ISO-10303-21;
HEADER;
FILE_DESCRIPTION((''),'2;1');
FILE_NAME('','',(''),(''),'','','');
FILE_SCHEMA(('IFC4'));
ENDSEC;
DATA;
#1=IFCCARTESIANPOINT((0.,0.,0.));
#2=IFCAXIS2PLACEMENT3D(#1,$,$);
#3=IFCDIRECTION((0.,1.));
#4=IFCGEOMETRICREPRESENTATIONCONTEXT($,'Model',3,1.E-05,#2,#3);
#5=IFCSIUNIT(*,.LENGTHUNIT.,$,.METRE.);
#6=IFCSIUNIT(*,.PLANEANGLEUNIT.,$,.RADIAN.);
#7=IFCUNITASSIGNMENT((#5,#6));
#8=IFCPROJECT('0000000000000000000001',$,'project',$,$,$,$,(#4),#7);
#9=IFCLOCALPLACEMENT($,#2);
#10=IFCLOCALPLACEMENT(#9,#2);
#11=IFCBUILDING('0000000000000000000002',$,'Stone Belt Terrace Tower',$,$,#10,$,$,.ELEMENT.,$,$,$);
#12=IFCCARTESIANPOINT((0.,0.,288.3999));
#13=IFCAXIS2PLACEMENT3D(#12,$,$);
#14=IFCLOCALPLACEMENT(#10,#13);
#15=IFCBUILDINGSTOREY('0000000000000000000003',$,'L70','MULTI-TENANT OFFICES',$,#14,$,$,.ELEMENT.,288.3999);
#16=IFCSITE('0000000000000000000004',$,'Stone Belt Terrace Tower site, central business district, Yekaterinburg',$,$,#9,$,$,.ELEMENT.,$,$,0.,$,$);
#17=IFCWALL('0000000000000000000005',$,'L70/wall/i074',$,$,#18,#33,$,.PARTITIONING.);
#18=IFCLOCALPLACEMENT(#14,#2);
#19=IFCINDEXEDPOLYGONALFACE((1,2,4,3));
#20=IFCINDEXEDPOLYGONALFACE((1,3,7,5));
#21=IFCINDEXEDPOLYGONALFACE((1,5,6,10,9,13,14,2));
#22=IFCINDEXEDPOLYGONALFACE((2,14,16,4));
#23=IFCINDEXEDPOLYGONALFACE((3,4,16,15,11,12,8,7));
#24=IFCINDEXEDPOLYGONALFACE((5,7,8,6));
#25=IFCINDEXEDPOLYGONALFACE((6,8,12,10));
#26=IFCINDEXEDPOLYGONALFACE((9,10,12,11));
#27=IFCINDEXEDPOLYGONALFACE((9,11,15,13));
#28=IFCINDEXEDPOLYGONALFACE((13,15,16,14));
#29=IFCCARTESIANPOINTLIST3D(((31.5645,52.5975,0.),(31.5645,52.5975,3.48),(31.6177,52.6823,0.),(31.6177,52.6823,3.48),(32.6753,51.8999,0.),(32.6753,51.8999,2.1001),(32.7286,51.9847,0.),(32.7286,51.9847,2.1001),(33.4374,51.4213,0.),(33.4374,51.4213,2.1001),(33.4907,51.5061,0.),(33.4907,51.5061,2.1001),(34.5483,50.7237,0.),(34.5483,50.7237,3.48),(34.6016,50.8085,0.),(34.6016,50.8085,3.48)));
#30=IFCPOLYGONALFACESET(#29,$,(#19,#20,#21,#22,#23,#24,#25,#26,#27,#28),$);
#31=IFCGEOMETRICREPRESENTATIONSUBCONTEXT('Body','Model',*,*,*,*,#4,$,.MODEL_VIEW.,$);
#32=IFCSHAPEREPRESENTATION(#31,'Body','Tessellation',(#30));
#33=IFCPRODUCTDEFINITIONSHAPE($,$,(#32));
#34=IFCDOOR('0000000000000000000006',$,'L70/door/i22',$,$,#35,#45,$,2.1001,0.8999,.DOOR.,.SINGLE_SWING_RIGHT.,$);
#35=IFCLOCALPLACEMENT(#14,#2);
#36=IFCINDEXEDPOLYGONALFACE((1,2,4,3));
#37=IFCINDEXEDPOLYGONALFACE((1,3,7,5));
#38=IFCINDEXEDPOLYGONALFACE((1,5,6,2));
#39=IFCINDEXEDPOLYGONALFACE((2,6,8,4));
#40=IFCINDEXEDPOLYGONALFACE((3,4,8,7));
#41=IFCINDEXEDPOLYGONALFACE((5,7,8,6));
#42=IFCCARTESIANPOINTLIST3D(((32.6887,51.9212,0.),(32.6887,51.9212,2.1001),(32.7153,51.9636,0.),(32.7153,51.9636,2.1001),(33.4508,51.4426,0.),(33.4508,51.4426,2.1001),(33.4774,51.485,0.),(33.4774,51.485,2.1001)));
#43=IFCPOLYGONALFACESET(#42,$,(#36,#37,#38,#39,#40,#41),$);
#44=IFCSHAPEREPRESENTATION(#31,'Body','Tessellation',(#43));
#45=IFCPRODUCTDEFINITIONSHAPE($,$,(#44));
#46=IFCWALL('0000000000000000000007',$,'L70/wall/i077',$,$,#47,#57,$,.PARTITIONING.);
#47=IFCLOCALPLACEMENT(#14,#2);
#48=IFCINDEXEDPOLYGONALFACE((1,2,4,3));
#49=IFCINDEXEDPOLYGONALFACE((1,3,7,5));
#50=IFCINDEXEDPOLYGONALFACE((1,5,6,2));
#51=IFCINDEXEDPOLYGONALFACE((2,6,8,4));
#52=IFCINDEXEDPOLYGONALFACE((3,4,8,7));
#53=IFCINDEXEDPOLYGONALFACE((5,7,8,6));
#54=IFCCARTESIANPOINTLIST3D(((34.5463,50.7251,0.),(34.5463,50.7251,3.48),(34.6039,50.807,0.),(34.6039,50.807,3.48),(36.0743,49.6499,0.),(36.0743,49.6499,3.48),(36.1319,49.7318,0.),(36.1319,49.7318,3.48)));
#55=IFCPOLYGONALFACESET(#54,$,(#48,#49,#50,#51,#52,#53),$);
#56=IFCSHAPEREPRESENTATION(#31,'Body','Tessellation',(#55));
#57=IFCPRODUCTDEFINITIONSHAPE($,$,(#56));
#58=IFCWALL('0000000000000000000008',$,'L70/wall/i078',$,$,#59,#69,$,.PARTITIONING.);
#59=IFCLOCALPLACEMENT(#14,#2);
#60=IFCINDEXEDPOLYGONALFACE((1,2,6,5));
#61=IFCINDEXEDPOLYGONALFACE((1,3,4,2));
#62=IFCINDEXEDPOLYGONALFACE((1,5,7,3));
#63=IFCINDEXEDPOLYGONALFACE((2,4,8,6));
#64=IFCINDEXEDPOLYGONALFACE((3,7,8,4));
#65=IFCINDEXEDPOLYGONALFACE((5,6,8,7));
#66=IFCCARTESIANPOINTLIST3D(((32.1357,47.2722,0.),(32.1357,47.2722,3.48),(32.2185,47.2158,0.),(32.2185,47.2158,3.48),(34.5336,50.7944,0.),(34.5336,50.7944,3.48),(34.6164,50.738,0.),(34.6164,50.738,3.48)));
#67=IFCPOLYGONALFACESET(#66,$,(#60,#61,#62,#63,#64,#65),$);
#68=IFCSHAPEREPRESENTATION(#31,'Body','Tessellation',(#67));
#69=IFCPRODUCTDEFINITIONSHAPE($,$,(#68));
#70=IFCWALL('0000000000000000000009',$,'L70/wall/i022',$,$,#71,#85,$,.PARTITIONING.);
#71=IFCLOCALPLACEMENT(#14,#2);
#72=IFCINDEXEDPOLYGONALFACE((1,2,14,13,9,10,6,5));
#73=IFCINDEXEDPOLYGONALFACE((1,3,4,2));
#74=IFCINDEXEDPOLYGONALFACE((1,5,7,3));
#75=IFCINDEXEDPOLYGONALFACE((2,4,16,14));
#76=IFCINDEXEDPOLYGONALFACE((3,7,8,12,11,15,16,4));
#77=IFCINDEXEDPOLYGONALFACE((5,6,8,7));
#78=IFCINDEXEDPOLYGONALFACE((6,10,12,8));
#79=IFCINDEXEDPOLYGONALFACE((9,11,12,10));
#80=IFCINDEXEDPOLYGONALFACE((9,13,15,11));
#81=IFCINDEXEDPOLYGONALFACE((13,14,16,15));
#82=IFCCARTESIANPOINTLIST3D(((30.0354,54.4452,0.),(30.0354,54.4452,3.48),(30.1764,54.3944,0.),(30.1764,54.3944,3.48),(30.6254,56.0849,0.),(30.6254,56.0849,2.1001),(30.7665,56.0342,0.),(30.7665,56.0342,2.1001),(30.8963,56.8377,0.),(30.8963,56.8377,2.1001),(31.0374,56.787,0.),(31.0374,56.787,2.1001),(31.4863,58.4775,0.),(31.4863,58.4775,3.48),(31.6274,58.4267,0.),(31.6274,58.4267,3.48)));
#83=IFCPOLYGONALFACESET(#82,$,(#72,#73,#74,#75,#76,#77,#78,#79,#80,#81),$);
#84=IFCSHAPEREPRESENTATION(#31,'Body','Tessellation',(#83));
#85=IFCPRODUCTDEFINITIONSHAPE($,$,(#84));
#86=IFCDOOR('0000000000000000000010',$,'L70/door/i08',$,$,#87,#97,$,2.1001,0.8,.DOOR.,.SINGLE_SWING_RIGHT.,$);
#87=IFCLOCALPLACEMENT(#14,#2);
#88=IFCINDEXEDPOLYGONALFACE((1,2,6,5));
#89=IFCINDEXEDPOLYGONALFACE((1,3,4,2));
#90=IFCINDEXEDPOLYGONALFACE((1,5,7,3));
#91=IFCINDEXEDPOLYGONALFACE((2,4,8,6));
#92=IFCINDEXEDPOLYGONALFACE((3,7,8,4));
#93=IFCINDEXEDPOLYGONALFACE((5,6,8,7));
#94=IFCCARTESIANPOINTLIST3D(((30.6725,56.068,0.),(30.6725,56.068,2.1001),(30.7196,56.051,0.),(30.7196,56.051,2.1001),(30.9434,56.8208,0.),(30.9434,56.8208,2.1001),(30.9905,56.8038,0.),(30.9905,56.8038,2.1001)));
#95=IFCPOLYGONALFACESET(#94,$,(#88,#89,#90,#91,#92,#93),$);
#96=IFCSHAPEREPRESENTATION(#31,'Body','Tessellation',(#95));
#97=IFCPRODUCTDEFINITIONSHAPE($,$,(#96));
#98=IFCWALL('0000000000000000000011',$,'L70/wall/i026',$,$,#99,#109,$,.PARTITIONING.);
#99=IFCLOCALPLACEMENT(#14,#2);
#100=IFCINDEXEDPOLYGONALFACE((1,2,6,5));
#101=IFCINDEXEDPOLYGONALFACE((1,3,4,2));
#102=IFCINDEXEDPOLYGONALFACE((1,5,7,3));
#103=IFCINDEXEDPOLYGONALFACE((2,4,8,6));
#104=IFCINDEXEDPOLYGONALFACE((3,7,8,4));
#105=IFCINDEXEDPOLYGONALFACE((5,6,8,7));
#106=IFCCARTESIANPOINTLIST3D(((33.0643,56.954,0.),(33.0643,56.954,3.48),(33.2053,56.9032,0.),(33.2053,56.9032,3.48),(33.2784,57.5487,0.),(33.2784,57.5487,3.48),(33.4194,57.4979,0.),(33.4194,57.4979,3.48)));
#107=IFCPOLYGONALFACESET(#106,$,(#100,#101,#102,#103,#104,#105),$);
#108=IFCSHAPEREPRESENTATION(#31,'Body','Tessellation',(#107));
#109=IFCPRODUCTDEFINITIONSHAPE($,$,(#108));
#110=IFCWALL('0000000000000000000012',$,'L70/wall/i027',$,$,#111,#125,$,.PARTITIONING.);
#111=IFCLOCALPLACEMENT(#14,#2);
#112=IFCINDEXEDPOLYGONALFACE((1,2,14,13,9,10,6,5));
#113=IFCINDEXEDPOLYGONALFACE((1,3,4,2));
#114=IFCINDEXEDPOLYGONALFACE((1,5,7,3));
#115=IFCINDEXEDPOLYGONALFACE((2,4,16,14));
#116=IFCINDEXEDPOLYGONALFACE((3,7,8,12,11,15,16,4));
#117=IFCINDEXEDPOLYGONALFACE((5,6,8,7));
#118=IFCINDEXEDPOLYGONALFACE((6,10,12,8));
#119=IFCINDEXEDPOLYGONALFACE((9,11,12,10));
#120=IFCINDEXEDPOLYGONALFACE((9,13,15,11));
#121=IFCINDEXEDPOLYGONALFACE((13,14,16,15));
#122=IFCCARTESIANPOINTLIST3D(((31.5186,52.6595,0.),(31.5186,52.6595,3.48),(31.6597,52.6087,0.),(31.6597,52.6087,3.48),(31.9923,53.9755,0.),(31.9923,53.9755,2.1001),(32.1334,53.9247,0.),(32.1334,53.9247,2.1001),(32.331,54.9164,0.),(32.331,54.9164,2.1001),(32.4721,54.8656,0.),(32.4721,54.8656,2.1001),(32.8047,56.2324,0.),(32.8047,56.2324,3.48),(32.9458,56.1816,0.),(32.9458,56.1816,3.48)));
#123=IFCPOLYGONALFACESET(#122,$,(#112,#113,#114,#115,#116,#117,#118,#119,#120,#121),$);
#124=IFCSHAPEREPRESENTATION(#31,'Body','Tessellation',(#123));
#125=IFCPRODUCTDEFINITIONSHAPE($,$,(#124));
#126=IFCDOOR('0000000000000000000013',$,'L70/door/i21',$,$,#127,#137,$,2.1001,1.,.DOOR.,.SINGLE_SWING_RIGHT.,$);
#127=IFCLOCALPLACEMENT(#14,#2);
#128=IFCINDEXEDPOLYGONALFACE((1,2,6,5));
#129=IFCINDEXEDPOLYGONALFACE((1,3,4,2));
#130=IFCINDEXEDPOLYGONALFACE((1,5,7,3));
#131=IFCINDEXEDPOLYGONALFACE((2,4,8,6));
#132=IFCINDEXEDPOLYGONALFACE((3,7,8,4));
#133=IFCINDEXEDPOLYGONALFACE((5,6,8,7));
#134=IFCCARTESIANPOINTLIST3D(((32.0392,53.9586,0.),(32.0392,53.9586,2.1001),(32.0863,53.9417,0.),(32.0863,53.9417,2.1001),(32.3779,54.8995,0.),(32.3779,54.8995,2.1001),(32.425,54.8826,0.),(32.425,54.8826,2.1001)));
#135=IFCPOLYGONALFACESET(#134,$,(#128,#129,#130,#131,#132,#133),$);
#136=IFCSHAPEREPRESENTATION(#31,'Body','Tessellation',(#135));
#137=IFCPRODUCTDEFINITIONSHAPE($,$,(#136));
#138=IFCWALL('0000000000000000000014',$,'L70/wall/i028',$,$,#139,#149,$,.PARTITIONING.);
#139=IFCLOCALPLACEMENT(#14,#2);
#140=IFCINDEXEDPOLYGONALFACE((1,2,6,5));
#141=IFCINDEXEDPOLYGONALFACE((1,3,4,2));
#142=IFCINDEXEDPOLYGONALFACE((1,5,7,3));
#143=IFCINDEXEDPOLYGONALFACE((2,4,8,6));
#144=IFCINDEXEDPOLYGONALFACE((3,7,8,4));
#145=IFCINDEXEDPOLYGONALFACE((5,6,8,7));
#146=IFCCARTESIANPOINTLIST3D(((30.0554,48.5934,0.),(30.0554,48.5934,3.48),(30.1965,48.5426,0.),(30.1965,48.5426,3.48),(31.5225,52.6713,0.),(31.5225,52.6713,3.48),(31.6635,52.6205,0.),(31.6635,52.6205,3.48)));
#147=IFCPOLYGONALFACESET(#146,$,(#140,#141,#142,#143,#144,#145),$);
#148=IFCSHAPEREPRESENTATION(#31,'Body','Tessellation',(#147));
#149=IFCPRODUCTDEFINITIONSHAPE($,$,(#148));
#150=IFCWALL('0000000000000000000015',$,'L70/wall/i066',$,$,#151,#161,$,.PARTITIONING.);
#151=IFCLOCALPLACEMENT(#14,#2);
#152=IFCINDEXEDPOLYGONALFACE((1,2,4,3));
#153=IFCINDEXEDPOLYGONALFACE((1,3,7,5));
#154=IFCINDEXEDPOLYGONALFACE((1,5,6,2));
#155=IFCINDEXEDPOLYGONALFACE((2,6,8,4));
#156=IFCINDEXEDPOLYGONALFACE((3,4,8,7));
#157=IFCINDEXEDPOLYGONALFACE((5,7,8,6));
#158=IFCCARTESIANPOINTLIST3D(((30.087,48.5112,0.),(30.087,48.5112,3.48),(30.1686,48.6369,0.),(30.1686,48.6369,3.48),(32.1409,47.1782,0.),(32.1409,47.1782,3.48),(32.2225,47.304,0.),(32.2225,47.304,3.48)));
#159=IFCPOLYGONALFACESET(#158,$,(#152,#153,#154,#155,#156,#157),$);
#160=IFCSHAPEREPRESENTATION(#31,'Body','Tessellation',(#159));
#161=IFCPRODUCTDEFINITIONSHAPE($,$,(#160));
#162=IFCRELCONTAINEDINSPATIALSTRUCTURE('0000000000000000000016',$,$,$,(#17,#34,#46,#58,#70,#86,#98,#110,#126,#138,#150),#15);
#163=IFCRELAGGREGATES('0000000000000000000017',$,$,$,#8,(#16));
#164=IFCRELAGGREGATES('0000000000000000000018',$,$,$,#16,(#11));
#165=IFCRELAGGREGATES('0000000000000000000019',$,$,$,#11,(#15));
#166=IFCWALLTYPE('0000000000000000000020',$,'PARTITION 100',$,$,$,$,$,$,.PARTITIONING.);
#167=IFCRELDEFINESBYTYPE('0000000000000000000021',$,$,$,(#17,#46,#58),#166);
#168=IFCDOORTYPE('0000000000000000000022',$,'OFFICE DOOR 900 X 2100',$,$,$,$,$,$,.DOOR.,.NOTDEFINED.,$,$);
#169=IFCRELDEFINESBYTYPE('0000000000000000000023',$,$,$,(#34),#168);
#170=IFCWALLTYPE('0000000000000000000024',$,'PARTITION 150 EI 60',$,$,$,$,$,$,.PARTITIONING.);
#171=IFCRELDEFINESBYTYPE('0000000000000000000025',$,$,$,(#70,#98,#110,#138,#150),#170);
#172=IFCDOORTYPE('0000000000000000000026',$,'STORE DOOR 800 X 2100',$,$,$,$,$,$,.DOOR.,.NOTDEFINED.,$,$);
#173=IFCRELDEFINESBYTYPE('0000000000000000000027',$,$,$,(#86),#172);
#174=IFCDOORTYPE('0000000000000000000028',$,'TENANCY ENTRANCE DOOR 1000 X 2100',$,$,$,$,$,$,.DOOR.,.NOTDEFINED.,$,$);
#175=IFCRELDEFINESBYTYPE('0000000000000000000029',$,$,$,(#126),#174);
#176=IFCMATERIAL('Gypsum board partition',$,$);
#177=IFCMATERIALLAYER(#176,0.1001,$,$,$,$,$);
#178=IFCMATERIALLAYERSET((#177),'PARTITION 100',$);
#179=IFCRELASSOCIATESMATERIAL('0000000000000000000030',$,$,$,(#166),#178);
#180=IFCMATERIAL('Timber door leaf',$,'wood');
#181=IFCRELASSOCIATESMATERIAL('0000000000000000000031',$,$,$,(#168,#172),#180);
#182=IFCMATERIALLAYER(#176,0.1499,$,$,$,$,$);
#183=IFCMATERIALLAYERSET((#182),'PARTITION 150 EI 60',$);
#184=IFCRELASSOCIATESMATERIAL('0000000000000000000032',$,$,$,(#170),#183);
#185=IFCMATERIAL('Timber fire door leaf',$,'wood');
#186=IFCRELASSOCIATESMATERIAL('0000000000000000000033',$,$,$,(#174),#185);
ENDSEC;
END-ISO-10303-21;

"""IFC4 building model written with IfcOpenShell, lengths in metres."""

from ifc_helpers import new_model, si_unit, direction, frame, frame_2d, origin, place, context, subcontext, project, spatial, rectangle, extrude, material, layer, layer_set, type_object, element, fill, save


model = new_model("IFC4")

# Units and contexts
model_context = context("Model", 3, precision=1e-05, world=origin(), true_north=direction((0.0, 1.0)))
body_context = subcontext(model_context, "Body", "Model", "MODEL_VIEW")
ifc_project = project(units=[si_unit("LENGTHUNIT", "METRE"), si_unit("PLANEANGLEUNIT", "RADIAN")], contexts=[model_context])

# Site, building, storey
site_placement = place(None, origin())
site = spatial("IfcSite", under=ifc_project, at=site_placement, Name="Stone Belt Terrace Tower site, central business district, Yekaterinburg", CompositionType="ELEMENT", RefElevation=0.0)
building_placement = place(site_placement, origin())
building = spatial("IfcBuilding", under=site, at=building_placement, Name="Stone Belt Terrace Tower", CompositionType="ELEMENT")
storey_placement = place(building_placement, frame((0.0, 0.0, 288.3999)))
storey = spatial("IfcBuildingStorey", under=building, at=storey_placement, Name="L70", Description="MULTI-TENANT OFFICES", CompositionType="ELEMENT", Elevation=288.3999)

# Wall, opening, door
ifc_material_1 = material(Name="Gypsum board partition")
ifc_layer_1 = layer(ifc_material_1, 0.1001)
ifc_layer_set_1 = layer_set([ifc_layer_1], Name="PARTITION 100")
wall_type_1 = type_object("IfcWallType", Name="PARTITION 100", PredefinedType="PARTITIONING", material=ifc_layer_set_1)
wall_1_placement = place(storey_placement, frame((34.575, 50.7661, 0.0), z_axis=(0.0, 0.0, 1.0), x_axis=(-0.846867, 0.531804, 0.0)))
wall_1 = element("IfcWall", 1, at=wall_1_placement, inside=storey, type_object=wall_type_1, Name="L70/wall/i074", PredefinedType="PARTITIONING", context=body_context, shape_type="SweptSolid", body=[
    extrude(rectangle(XDim=3.5234, YDim=0.1001, at=frame_2d((1.7617, 0.0))), origin(), (0.0, 0.0, 1.0), 3.48),
])
opening_1_placement = place(wall_1_placement, frame((1.3118, 0.0, 0.0)))
opening_1 = element("IfcOpeningElement", 2, at=opening_1_placement, cuts=wall_1, PredefinedType="OPENING", context=body_context, shape_type="SweptSolid", body=[
    extrude(rectangle(XDim=0.8999, YDim=2.1001, at=frame_2d((0.45, 1.05))), frame((0.0, 0.0601, 0.0), z_axis=(0.0, -1.0, 0.0), x_axis=(1.0, 0.0, 0.0)), (0.0, 0.0, 1.0), 0.1201),
])
ifc_material_2 = material(Name="Timber door leaf", Category="wood")
door_type_1 = type_object("IfcDoorType", Name="OFFICE DOOR 900 X 2100", OperationType="NOTDEFINED", PredefinedType="DOOR", material=ifc_material_2)
door_1_placement = place(opening_1_placement, origin())
door_1 = element("IfcDoor", 3, at=door_1_placement, inside=storey, type_object=door_type_1, Name="L70/door/i22", OperationType="SINGLE_SWING_RIGHT", OverallHeight=2.1001, OverallWidth=0.8999, PredefinedType="DOOR", context=body_context, shape_type="SweptSolid", body=[
    extrude(rectangle(XDim=0.8999, YDim=2.1001, at=frame_2d((0.45, 1.05))), frame((0.0, 0.0249, 0.0), z_axis=(0.0, -1.0, 0.0), x_axis=(1.0, 0.0, 0.0)), (0.0, 0.0, 1.0), 0.05),
])
fill(opening_1, door_1)

# Walls
wall_2_placement = place(storey_placement, frame((36.103, 49.6909, 0.0), z_axis=(0.0, 0.0, 1.0), x_axis=(-0.817836, 0.575451, 0.0)))
element("IfcWall", 4, at=wall_2_placement, inside=storey, type_object=wall_type_1, Name="L70/wall/i077", PredefinedType="PARTITIONING", context=body_context, shape_type="SweptSolid", body=[
    extrude(rectangle(XDim=1.8684, YDim=0.1001, at=frame_2d((0.9341, 0.0))), origin(), (0.0, 0.0, 1.0), 3.48),
])
wall_3_placement = place(storey_placement, frame((34.575, 50.7661, 0.0), z_axis=(0.0, 0.0, 1.0), x_axis=(-0.562766, -0.826616, 0.0)))
element("IfcWall", 5, at=wall_3_placement, inside=storey, type_object=wall_type_1, Name="L70/wall/i078", PredefinedType="PARTITIONING", context=body_context, shape_type="SweptSolid", body=[
    extrude(rectangle(XDim=4.261, YDim=0.1001, at=frame_2d((2.1304, 0.0))), origin(), (0.0, 0.0, 1.0), 3.48),
])

# Wall, opening, door
ifc_layer_2 = layer(ifc_material_1, 0.1499)
ifc_layer_set_2 = layer_set([ifc_layer_2], Name="PARTITION 150 EI 60")
wall_type_2 = type_object("IfcWallType", Name="PARTITION 150 EI 60", PredefinedType="PARTITIONING", material=ifc_layer_set_2)
wall_4_placement = place(storey_placement, frame((30.106, 54.4199, 0.0), z_axis=(0.0, 0.0, 1.0), x_axis=(0.33858, 0.940938, 0.0)))
wall_4 = element("IfcWall", 6, at=wall_4_placement, inside=storey, type_object=wall_type_2, Name="L70/wall/i022", PredefinedType="PARTITIONING", context=body_context, shape_type="SweptSolid", body=[
    extrude(rectangle(XDim=4.2854, YDim=0.1499, at=frame_2d((2.1426, 0.0))), origin(), (0.0, 0.0, 1.0), 3.48),
])
opening_2_placement = place(wall_4_placement, frame((1.7427, 0.0, 0.0)))
opening_2 = element("IfcOpeningElement", 7, at=opening_2_placement, cuts=wall_4, PredefinedType="OPENING", context=body_context, shape_type="SweptSolid", body=[
    extrude(rectangle(XDim=0.8, YDim=2.1001, at=frame_2d((0.3999, 1.05))), frame((0.0, 0.085, 0.0), z_axis=(0.0, -1.0, 0.0), x_axis=(1.0, 0.0, 0.0)), (0.0, 0.0, 1.0), 0.1699),
])
door_type_2 = type_object("IfcDoorType", Name="STORE DOOR 800 X 2100", OperationType="NOTDEFINED", PredefinedType="DOOR", material=ifc_material_2)
door_2_placement = place(opening_2_placement, origin())
door_2 = element("IfcDoor", 8, at=door_2_placement, inside=storey, type_object=door_type_2, Name="L70/door/i08", OperationType="SINGLE_SWING_RIGHT", OverallHeight=2.1001, OverallWidth=0.8, PredefinedType="DOOR", context=body_context, shape_type="SweptSolid", body=[
    extrude(rectangle(XDim=0.8, YDim=2.1001, at=frame_2d((0.3999, 1.05))), frame((0.0, 0.0249, 0.0), z_axis=(0.0, -1.0, 0.0), x_axis=(1.0, 0.0, 0.0)), (0.0, 0.0, 1.0), 0.05),
])
fill(opening_2, door_2)

# Wall
wall_5_placement = place(storey_placement, frame((33.3489, 57.5232, 0.0), z_axis=(0.0, 0.0, 1.0), x_axis=(-0.338733, -0.940882, 0.0)))
element("IfcWall", 9, at=wall_5_placement, inside=storey, type_object=wall_type_2, Name="L70/wall/i026", PredefinedType="PARTITIONING", context=body_context, shape_type="SweptSolid", body=[
    extrude(rectangle(XDim=0.6321, YDim=0.1499, at=frame_2d((0.3159, 0.0))), origin(), (0.0, 0.0, 1.0), 3.48),
])

# Wall, opening, door
wall_6_placement = place(storey_placement, frame((32.8752, 56.207, 0.0), z_axis=(0.0, 0.0, 1.0), x_axis=(-0.338685, -0.9409, 0.0)))
wall_6 = element("IfcWall", 10, at=wall_6_placement, inside=storey, type_object=wall_type_2, Name="L70/wall/i027", PredefinedType="PARTITIONING", context=body_context, shape_type="SweptSolid", body=[
    extrude(rectangle(XDim=3.7974, YDim=0.1499, at=frame_2d((1.8987, 0.0))), origin(), (0.0, 0.0, 1.0), 3.48),
])
opening_3_placement = place(wall_6_placement, frame((1.3987, 0.0, 0.0)))
opening_3 = element("IfcOpeningElement", 11, at=opening_3_placement, cuts=wall_6, PredefinedType="OPENING", context=body_context, shape_type="SweptSolid", body=[
    extrude(rectangle(XDim=1.0, YDim=2.1001, at=frame_2d((0.5, 1.05))), frame((0.0, 0.085, 0.0), z_axis=(0.0, -1.0, 0.0), x_axis=(1.0, 0.0, 0.0)), (0.0, 0.0, 1.0), 0.1699),
])
ifc_material_3 = material(Name="Timber fire door leaf", Category="wood")
door_type_3 = type_object("IfcDoorType", Name="TENANCY ENTRANCE DOOR 1000 X 2100", OperationType="NOTDEFINED", PredefinedType="DOOR", material=ifc_material_3)
door_3_placement = place(opening_3_placement, origin())
door_3 = element("IfcDoor", 12, at=door_3_placement, inside=storey, type_object=door_type_3, Name="L70/door/i21", OperationType="SINGLE_SWING_RIGHT", OverallHeight=2.1001, OverallWidth=1.0, PredefinedType="DOOR", context=body_context, shape_type="SweptSolid", body=[
    extrude(rectangle(XDim=1.0, YDim=2.1001, at=frame_2d((0.5, 1.05))), frame((0.0, 0.0249, 0.0), z_axis=(0.0, -1.0, 0.0), x_axis=(1.0, 0.0, 0.0)), (0.0, 0.0, 1.0), 0.05),
])
fill(opening_3, door_3)

# Walls
wall_7_placement = place(storey_placement, frame((31.593, 52.646, 0.0), z_axis=(0.0, 0.0, 1.0), x_axis=(-0.338516, -0.940961, 0.0)))
element("IfcWall", 13, at=wall_7_placement, inside=storey, type_object=wall_type_2, Name="L70/wall/i028", PredefinedType="PARTITIONING", context=body_context, shape_type="SweptSolid", body=[
    extrude(rectangle(XDim=4.3337, YDim=0.1499, at=frame_2d((2.167, 0.0))), origin(), (0.0, 0.0, 1.0), 3.48),
])
wall_8_placement = place(storey_placement, frame((30.1279, 48.574, 0.0), z_axis=(0.0, 0.0, 1.0), x_axis=(0.838828, -0.544396, 0.0)))
element("IfcWall", 14, at=wall_8_placement, inside=storey, type_object=wall_type_2, Name="L70/wall/i066", PredefinedType="PARTITIONING", context=body_context, shape_type="SweptSolid", body=[
    extrude(rectangle(XDim=2.4485, YDim=0.1499, at=frame_2d((1.2241, 0.0))), origin(), (0.0, 0.0, 1.0), 3.48),
])

save(model, "model.ifc")
